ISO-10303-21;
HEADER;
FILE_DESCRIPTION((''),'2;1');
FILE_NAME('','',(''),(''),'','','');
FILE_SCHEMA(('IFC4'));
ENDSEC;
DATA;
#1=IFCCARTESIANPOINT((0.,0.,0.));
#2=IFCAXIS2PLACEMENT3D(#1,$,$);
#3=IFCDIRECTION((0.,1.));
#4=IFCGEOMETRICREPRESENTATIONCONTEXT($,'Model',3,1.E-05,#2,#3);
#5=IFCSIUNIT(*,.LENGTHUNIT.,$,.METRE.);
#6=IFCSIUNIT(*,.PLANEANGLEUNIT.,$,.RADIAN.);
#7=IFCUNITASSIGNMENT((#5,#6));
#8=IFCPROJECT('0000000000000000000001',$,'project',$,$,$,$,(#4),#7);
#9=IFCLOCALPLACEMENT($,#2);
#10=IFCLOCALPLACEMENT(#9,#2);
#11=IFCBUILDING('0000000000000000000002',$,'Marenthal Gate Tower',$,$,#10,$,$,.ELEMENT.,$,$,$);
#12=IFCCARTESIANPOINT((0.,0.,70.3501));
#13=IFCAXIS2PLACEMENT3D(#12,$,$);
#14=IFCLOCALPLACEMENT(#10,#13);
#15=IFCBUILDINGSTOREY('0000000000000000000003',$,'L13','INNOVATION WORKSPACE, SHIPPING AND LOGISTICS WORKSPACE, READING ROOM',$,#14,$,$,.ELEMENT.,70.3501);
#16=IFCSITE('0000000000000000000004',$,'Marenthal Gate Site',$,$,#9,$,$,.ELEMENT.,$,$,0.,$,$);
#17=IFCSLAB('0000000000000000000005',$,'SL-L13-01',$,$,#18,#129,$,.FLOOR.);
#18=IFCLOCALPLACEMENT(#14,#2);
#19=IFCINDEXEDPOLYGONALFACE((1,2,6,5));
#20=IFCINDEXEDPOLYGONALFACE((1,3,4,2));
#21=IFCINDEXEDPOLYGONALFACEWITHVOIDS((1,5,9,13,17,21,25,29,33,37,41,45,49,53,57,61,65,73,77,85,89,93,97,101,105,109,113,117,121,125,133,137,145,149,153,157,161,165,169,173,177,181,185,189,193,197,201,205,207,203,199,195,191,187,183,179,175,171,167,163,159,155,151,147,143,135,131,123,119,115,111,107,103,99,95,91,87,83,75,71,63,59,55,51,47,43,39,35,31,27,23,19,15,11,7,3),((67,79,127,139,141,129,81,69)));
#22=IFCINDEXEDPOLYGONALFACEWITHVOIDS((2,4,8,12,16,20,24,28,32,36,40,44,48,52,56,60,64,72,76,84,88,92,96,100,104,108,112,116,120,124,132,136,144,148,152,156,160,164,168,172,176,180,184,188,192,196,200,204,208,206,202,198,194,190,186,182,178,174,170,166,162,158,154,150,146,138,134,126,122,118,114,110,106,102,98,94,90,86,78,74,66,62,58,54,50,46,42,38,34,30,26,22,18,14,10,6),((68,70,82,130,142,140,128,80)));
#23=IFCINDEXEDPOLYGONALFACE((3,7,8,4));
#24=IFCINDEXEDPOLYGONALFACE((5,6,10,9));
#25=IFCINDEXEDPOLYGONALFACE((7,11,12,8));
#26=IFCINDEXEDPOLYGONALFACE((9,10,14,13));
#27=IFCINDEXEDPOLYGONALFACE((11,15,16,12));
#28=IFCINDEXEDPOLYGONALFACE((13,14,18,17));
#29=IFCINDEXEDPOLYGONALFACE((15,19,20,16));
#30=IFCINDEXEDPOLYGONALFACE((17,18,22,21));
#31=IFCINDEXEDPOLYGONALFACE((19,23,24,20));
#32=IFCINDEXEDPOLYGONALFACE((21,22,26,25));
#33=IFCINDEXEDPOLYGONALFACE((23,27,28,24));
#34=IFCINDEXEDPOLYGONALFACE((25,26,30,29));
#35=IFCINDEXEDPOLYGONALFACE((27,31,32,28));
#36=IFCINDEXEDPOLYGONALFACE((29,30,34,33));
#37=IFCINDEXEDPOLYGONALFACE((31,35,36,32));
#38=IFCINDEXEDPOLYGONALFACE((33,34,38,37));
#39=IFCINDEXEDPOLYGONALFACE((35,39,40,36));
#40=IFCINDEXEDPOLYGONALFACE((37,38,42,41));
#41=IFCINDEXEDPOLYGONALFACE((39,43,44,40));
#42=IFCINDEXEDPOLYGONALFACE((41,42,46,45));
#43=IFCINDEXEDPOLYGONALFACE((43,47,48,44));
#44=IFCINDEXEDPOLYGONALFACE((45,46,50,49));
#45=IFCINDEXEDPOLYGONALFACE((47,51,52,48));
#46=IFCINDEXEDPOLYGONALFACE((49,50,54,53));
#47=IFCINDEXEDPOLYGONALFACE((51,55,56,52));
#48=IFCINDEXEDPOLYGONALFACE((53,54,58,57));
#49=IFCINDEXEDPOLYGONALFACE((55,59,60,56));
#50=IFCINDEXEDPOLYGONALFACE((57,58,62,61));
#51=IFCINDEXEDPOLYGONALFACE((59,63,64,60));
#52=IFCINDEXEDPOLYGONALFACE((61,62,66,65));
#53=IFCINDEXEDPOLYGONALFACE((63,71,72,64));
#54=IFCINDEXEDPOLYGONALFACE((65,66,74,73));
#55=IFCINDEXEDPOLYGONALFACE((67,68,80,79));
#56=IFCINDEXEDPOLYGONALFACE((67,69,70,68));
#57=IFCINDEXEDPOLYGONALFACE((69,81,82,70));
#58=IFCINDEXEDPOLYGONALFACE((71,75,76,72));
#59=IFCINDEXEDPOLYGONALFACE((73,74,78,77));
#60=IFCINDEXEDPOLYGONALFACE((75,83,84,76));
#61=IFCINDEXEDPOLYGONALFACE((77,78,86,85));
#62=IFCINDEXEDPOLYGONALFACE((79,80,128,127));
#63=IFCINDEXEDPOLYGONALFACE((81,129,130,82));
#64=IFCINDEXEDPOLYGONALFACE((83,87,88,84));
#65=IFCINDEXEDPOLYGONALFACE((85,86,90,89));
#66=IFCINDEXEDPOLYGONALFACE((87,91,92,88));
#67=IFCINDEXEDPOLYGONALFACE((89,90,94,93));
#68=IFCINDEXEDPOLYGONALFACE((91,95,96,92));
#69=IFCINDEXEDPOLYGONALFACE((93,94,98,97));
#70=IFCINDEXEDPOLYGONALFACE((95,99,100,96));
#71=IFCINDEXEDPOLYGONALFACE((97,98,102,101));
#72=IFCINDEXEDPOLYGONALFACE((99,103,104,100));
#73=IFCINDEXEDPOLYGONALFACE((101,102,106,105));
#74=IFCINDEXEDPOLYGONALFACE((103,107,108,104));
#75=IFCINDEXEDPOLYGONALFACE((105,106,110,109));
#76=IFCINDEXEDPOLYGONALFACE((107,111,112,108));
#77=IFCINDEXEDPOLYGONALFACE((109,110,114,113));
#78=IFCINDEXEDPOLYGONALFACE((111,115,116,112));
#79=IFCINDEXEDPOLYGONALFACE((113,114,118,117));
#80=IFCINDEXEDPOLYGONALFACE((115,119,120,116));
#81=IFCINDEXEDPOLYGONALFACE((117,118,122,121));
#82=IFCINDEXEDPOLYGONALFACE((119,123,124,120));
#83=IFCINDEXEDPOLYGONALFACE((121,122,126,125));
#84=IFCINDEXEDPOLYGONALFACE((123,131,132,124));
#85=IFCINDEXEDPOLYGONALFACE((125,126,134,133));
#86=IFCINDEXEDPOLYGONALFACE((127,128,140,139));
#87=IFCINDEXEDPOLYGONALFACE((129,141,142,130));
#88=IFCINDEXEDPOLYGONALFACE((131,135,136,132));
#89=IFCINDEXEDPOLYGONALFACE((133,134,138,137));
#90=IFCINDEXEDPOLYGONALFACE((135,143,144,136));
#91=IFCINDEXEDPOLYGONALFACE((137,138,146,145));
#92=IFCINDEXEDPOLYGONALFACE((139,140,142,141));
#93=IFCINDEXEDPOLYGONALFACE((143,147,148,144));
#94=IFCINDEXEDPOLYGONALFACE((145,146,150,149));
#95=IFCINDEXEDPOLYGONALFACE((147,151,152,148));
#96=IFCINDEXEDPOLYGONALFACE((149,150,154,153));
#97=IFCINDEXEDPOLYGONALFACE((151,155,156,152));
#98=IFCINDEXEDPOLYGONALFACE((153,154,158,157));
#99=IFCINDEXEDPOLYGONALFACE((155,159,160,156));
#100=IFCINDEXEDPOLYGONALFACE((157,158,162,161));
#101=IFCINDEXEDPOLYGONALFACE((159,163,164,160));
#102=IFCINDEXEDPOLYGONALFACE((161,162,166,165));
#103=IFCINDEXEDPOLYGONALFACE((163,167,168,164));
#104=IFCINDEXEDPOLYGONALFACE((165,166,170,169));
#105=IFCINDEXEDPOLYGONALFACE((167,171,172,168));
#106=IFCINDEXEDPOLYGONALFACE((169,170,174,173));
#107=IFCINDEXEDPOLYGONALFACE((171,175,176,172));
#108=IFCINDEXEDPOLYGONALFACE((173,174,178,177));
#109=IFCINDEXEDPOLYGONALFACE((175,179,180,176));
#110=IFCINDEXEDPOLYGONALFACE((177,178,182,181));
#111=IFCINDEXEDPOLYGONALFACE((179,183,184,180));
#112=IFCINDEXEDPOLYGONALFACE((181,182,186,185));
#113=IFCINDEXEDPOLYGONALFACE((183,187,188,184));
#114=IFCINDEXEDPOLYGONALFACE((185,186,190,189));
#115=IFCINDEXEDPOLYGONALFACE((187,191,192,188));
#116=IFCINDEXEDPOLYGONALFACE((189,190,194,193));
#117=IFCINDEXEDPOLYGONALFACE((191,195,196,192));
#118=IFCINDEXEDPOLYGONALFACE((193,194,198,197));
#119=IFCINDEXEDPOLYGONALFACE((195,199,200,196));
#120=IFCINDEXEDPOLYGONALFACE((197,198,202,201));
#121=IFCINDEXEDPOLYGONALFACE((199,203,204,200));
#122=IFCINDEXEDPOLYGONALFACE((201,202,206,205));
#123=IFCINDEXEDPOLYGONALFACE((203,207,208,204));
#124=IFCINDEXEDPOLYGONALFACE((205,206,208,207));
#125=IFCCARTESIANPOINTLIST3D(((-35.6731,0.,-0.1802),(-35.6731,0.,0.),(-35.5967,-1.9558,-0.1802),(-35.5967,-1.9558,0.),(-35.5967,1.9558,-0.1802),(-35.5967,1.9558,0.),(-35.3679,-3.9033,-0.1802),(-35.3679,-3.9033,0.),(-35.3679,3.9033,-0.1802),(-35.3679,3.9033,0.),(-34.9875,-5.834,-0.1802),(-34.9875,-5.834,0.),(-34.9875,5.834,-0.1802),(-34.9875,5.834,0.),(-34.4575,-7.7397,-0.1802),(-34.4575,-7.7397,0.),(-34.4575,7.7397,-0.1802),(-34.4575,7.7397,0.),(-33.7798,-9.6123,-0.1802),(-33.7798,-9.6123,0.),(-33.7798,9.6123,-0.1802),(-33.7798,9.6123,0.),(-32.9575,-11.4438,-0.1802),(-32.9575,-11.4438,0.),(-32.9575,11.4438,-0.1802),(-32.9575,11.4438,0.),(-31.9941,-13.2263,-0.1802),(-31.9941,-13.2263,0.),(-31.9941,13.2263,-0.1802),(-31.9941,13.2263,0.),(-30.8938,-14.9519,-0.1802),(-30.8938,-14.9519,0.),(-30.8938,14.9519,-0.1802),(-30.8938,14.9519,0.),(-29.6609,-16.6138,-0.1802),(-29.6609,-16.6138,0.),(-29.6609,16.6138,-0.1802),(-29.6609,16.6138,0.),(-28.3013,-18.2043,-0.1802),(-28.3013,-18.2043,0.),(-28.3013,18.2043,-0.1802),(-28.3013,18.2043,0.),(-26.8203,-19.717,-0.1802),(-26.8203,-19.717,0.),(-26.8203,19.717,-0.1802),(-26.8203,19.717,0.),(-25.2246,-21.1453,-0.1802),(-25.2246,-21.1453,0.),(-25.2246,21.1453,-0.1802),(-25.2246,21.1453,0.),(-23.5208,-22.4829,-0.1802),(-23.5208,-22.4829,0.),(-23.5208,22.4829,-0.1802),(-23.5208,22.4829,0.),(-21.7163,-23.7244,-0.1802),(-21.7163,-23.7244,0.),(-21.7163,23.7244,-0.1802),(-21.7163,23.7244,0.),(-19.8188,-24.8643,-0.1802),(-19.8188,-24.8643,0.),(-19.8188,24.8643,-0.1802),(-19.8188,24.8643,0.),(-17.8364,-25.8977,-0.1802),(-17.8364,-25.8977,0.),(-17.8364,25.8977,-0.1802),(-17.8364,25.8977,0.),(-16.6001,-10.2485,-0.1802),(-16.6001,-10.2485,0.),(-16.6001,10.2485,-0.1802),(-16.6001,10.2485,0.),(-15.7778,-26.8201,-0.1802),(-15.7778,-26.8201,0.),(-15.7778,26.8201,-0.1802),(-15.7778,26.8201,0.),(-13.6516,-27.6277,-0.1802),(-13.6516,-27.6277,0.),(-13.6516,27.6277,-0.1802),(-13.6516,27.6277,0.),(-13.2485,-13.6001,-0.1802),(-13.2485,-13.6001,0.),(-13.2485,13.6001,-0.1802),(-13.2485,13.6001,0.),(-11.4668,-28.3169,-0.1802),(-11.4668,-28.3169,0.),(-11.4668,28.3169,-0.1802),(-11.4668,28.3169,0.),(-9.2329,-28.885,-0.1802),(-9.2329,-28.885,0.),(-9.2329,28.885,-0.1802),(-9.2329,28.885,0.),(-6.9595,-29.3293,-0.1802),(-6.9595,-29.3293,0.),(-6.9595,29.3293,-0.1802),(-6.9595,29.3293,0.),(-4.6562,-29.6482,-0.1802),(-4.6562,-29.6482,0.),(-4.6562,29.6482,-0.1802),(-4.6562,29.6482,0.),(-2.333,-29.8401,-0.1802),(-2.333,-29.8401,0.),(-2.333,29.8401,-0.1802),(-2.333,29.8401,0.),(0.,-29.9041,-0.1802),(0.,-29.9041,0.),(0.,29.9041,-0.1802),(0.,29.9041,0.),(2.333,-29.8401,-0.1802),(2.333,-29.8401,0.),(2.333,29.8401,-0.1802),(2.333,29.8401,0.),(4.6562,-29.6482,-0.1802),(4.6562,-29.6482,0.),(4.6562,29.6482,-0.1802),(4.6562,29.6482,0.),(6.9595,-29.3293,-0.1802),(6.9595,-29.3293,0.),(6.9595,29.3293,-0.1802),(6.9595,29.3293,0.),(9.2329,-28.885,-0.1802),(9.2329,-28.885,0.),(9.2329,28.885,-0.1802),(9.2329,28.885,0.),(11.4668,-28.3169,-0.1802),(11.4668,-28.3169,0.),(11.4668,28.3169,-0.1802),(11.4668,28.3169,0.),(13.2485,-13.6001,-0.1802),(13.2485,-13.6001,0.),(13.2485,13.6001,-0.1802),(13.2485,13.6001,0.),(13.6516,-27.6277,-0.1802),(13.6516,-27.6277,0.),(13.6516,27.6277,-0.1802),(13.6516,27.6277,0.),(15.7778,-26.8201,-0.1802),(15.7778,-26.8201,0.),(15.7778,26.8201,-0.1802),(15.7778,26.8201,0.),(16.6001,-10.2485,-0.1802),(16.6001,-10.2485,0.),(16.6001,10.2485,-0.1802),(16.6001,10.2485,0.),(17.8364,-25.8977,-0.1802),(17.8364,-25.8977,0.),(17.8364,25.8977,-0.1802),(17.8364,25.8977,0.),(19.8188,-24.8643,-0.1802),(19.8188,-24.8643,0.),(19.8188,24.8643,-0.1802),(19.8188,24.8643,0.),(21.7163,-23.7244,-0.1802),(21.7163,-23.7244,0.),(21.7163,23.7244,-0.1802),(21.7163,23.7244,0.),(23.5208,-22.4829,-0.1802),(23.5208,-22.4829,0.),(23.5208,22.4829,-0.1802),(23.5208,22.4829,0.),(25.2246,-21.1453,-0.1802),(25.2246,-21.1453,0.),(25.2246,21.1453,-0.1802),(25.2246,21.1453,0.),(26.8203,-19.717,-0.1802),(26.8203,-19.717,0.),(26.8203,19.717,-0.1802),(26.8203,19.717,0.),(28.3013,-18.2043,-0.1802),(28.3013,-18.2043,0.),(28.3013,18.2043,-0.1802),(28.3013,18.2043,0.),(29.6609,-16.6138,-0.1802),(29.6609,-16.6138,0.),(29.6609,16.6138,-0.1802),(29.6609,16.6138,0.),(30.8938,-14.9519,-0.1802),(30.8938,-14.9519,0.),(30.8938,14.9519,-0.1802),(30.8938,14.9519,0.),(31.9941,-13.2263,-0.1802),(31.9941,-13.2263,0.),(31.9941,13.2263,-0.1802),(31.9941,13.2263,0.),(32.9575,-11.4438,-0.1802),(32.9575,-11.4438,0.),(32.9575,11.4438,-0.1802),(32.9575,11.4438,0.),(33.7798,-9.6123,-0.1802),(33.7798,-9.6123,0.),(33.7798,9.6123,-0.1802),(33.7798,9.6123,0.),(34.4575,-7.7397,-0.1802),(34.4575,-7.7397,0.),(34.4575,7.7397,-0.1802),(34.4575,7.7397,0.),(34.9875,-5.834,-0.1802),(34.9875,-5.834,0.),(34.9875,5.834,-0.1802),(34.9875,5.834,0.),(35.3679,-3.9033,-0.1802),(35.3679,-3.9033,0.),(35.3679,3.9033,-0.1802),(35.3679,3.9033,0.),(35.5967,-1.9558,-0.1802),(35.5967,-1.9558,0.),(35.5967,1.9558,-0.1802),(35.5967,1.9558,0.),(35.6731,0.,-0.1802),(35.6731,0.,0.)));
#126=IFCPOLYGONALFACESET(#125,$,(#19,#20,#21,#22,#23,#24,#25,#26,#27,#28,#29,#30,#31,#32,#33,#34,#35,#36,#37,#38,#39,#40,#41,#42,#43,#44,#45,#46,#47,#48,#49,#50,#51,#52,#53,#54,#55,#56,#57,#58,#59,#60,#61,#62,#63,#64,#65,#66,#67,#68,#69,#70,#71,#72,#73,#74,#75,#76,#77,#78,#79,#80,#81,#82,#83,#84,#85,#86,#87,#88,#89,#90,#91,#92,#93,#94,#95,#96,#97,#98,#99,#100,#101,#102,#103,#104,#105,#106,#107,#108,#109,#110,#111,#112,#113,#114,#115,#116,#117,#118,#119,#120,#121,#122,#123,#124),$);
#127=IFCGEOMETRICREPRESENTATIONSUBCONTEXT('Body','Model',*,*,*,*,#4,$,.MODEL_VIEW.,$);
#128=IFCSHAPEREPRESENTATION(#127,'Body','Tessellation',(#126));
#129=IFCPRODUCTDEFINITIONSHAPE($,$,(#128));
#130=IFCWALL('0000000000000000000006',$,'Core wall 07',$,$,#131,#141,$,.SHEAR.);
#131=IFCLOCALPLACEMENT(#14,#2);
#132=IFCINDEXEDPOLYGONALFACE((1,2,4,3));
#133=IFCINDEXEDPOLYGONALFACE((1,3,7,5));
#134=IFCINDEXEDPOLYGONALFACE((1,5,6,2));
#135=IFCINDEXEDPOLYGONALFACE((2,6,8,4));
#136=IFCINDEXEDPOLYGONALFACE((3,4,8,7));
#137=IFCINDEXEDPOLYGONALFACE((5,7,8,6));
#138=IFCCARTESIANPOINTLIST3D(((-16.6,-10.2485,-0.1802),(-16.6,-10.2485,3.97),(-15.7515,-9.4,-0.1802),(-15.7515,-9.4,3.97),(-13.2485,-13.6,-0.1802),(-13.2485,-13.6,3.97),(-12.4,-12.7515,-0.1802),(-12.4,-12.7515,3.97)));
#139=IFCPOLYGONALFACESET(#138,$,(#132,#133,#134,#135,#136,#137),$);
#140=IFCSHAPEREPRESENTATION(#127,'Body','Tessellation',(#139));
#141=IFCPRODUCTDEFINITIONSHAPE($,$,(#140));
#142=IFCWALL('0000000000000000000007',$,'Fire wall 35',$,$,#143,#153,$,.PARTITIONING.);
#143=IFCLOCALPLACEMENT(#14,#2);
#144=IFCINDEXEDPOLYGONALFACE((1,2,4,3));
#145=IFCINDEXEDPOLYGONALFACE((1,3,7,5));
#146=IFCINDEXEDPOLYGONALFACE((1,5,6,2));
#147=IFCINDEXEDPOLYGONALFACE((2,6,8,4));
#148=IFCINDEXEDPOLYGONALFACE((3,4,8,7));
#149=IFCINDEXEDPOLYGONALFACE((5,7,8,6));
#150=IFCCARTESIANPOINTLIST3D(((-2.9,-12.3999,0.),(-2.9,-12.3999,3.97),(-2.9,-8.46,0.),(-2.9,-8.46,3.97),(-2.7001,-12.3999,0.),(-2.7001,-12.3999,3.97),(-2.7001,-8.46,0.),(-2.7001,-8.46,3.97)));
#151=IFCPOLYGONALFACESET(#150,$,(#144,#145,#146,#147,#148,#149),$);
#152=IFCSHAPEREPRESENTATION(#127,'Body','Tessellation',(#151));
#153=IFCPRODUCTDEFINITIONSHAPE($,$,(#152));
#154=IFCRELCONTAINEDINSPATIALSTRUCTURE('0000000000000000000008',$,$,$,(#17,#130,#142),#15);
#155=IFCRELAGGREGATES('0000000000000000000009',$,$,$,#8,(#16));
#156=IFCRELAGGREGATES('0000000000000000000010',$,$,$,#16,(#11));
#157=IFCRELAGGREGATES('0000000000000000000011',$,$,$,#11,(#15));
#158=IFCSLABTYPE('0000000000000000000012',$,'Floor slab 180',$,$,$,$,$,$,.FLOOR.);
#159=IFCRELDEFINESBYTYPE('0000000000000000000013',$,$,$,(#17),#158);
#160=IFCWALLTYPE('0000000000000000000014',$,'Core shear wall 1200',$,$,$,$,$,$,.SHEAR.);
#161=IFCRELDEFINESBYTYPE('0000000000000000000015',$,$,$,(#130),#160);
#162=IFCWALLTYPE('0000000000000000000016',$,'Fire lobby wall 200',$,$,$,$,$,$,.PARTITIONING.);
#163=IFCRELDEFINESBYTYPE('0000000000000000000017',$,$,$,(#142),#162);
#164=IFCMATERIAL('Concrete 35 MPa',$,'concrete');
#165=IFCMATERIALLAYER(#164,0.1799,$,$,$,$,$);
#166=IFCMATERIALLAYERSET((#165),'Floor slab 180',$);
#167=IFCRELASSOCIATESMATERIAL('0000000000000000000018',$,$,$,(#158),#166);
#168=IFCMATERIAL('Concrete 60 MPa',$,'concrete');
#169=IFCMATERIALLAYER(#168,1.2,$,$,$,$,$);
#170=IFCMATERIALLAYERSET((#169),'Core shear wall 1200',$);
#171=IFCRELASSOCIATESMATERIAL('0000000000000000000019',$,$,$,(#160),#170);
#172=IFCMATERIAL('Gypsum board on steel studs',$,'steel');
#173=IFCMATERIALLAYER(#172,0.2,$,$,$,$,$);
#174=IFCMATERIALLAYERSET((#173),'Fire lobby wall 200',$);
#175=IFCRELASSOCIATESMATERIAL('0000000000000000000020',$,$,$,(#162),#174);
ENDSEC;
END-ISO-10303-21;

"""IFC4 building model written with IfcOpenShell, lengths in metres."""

from ifc_helpers import new_model, si_unit, direction, frame, frame_2d, origin, place, context, subcontext, project, spatial, polyline, rectangle, outline, extrude, material, layer, layer_set, type_object, element, save


model = new_model("IFC4")

# Units and contexts
model_context = context("Model", 3, precision=1e-05, world=origin(), true_north=direction((0.0, 1.0)))
body_context = subcontext(model_context, "Body", "Model", "MODEL_VIEW")
ifc_project = project(units=[si_unit("LENGTHUNIT", "METRE"), si_unit("PLANEANGLEUNIT", "RADIAN")], contexts=[model_context])

# Site, building, storey
site_placement = place(None, origin())
site = spatial("IfcSite", under=ifc_project, at=site_placement, Name="Marenthal Gate Site", CompositionType="ELEMENT", RefElevation=0.0)
building_placement = place(site_placement, origin())
building = spatial("IfcBuilding", under=site, at=building_placement, Name="Marenthal Gate Tower", CompositionType="ELEMENT")
storey_placement = place(building_placement, frame((0.0, 0.0, 70.3501)))
storey = spatial("IfcBuildingStorey", under=building, at=storey_placement, Name="L13", Description="INNOVATION WORKSPACE, SHIPPING AND LOGISTICS WORKSPACE, READING ROOM", CompositionType="ELEMENT", Elevation=70.3501)

# Slab
ifc_material_1 = material(Name="Concrete 35 MPa", Category="concrete")
ifc_layer_1 = layer(ifc_material_1, 0.1799)
ifc_layer_set_1 = layer_set([ifc_layer_1], Name="Floor slab 180")
slab_type = type_object("IfcSlabType", Name="Floor slab 180", PredefinedType="FLOOR", material=ifc_layer_set_1)
slab_placement = place(storey_placement, frame((0.0, 0.0, -0.1802)))
element("IfcSlab", 1, at=slab_placement, inside=storey, type_object=slab_type, Name="SL-L13-01", PredefinedType="FLOOR", context=body_context, shape_type="SweptSolid", body=[
    extrude(outline(polyline([(35.6731, 0.0), (35.5967, 1.9558), (35.3679, 3.9033), (34.9875, 5.834), (34.4575, 7.7397), (33.7798, 9.6123), (32.9575, 11.4438), (31.9941, 13.2263), (30.8938, 14.9519), (29.6609, 16.6138), (28.3013, 18.2043), (26.8203, 19.717), (25.2246, 21.1453), (23.5208, 22.4829), (21.7163, 23.7244), (19.8188, 24.8643), (17.8364, 25.8977), (15.7778, 26.8201), (13.6516, 27.6277), (11.4668, 28.3169), (9.2329, 28.885), (6.9595, 29.3293), (4.6562, 29.6482), (2.333, 29.8401), (0.0, 29.9041), (-2.333, 29.8401), (-4.6562, 29.6482), (-6.9595, 29.3293), (-9.2329, 28.885), (-11.4668, 28.3169), (-13.6516, 27.6277), (-15.7778, 26.8201), (-17.8364, 25.8977), (-19.8188, 24.8643), (-21.7163, 23.7244), (-23.5208, 22.4829), (-25.2246, 21.1453), (-26.8203, 19.717), (-28.3013, 18.2043), (-29.6609, 16.6138), (-30.8938, 14.9519), (-31.9941, 13.2263), (-32.9575, 11.4438), (-33.7798, 9.6123), (-34.4575, 7.7397), (-34.9875, 5.834), (-35.3679, 3.9033), (-35.5967, 1.9558), (-35.6731, 0.0), (-35.5967, -1.9558), (-35.3679, -3.9033), (-34.9875, -5.834), (-34.4575, -7.7397), (-33.7798, -9.6123), (-32.9575, -11.4438), (-31.9941, -13.2263), (-30.8938, -14.9519), (-29.6609, -16.6138), (-28.3013, -18.2043), (-26.8203, -19.717), (-25.2246, -21.1453), (-23.5208, -22.4829), (-21.7163, -23.7244), (-19.8188, -24.8643), (-17.8364, -25.8977), (-15.7778, -26.8201), (-13.6516, -27.6277), (-11.4668, -28.3169), (-9.2329, -28.885), (-6.9595, -29.3293), (-4.6562, -29.6482), (-2.333, -29.8401), (0.0, -29.9041), (2.333, -29.8401), (4.6562, -29.6482), (6.9595, -29.3293), (9.2329, -28.885), (11.4668, -28.3169), (13.6516, -27.6277), (15.7778, -26.8201), (17.8364, -25.8977), (19.8188, -24.8643), (21.7163, -23.7244), (23.5208, -22.4829), (25.2246, -21.1453), (26.8203, -19.717), (28.3013, -18.2043), (29.6609, -16.6138), (30.8938, -14.9519), (31.9941, -13.2263), (32.9575, -11.4438), (33.7798, -9.6123), (34.4575, -7.7397), (34.9875, -5.834), (35.3679, -3.9033), (35.5967, -1.9558), (35.6731, 0.0)]), holes=[polyline([(13.2485, -13.6001), (16.6001, -10.2485), (16.6001, 10.2485), (13.2485, 13.6001), (-13.2485, 13.6001), (-16.6001, 10.2485), (-16.6001, -10.2485), (-13.2485, -13.6001), (13.2485, -13.6001)])]), origin(), (0.0, 0.0, 1.0), 0.1802),
])

# Walls
ifc_material_2 = material(Name="Concrete 60 MPa", Category="concrete")
ifc_layer_2 = layer(ifc_material_2, 1.2)
ifc_layer_set_2 = layer_set([ifc_layer_2], Name="Core shear wall 1200")
wall_type_1 = type_object("IfcWallType", Name="Core shear wall 1200", PredefinedType="SHEAR", material=ifc_layer_set_2)
wall_1_placement = place(storey_placement, frame((-16.1758, -9.8242, -0.1802), z_axis=(0.0, 0.0, 1.0), x_axis=(0.707107, -0.707107, 0.0)))
element("IfcWall", 2, at=wall_1_placement, inside=storey, type_object=wall_type_1, Name="Core wall 07", PredefinedType="SHEAR", context=body_context, shape_type="SweptSolid", body=[
    extrude(rectangle(XDim=4.7397, YDim=1.2, at=frame_2d((2.3699, 0.0))), origin(), (0.0, 0.0, 1.0), 4.1501),
])
ifc_material_3 = material(Name="Gypsum board on steel studs", Category="steel")
ifc_layer_3 = layer(ifc_material_3, 0.2)
ifc_layer_set_3 = layer_set([ifc_layer_3], Name="Fire lobby wall 200")
wall_type_2 = type_object("IfcWallType", Name="Fire lobby wall 200", PredefinedType="PARTITIONING", material=ifc_layer_set_3)
wall_2_placement = place(storey_placement, frame((-2.8, -12.3999, 0.0), z_axis=(0.0, 0.0, 1.0), x_axis=(0.0, 1.0, 0.0)))
element("IfcWall", 3, at=wall_2_placement, inside=storey, type_object=wall_type_2, Name="Fire wall 35", PredefinedType="PARTITIONING", context=body_context, shape_type="SweptSolid", body=[
    extrude(rectangle(XDim=3.9399, YDim=0.2, at=frame_2d((1.97, 0.0))), origin(), (0.0, 0.0, 1.0), 3.97),
])

save(model, "model.ifc")
